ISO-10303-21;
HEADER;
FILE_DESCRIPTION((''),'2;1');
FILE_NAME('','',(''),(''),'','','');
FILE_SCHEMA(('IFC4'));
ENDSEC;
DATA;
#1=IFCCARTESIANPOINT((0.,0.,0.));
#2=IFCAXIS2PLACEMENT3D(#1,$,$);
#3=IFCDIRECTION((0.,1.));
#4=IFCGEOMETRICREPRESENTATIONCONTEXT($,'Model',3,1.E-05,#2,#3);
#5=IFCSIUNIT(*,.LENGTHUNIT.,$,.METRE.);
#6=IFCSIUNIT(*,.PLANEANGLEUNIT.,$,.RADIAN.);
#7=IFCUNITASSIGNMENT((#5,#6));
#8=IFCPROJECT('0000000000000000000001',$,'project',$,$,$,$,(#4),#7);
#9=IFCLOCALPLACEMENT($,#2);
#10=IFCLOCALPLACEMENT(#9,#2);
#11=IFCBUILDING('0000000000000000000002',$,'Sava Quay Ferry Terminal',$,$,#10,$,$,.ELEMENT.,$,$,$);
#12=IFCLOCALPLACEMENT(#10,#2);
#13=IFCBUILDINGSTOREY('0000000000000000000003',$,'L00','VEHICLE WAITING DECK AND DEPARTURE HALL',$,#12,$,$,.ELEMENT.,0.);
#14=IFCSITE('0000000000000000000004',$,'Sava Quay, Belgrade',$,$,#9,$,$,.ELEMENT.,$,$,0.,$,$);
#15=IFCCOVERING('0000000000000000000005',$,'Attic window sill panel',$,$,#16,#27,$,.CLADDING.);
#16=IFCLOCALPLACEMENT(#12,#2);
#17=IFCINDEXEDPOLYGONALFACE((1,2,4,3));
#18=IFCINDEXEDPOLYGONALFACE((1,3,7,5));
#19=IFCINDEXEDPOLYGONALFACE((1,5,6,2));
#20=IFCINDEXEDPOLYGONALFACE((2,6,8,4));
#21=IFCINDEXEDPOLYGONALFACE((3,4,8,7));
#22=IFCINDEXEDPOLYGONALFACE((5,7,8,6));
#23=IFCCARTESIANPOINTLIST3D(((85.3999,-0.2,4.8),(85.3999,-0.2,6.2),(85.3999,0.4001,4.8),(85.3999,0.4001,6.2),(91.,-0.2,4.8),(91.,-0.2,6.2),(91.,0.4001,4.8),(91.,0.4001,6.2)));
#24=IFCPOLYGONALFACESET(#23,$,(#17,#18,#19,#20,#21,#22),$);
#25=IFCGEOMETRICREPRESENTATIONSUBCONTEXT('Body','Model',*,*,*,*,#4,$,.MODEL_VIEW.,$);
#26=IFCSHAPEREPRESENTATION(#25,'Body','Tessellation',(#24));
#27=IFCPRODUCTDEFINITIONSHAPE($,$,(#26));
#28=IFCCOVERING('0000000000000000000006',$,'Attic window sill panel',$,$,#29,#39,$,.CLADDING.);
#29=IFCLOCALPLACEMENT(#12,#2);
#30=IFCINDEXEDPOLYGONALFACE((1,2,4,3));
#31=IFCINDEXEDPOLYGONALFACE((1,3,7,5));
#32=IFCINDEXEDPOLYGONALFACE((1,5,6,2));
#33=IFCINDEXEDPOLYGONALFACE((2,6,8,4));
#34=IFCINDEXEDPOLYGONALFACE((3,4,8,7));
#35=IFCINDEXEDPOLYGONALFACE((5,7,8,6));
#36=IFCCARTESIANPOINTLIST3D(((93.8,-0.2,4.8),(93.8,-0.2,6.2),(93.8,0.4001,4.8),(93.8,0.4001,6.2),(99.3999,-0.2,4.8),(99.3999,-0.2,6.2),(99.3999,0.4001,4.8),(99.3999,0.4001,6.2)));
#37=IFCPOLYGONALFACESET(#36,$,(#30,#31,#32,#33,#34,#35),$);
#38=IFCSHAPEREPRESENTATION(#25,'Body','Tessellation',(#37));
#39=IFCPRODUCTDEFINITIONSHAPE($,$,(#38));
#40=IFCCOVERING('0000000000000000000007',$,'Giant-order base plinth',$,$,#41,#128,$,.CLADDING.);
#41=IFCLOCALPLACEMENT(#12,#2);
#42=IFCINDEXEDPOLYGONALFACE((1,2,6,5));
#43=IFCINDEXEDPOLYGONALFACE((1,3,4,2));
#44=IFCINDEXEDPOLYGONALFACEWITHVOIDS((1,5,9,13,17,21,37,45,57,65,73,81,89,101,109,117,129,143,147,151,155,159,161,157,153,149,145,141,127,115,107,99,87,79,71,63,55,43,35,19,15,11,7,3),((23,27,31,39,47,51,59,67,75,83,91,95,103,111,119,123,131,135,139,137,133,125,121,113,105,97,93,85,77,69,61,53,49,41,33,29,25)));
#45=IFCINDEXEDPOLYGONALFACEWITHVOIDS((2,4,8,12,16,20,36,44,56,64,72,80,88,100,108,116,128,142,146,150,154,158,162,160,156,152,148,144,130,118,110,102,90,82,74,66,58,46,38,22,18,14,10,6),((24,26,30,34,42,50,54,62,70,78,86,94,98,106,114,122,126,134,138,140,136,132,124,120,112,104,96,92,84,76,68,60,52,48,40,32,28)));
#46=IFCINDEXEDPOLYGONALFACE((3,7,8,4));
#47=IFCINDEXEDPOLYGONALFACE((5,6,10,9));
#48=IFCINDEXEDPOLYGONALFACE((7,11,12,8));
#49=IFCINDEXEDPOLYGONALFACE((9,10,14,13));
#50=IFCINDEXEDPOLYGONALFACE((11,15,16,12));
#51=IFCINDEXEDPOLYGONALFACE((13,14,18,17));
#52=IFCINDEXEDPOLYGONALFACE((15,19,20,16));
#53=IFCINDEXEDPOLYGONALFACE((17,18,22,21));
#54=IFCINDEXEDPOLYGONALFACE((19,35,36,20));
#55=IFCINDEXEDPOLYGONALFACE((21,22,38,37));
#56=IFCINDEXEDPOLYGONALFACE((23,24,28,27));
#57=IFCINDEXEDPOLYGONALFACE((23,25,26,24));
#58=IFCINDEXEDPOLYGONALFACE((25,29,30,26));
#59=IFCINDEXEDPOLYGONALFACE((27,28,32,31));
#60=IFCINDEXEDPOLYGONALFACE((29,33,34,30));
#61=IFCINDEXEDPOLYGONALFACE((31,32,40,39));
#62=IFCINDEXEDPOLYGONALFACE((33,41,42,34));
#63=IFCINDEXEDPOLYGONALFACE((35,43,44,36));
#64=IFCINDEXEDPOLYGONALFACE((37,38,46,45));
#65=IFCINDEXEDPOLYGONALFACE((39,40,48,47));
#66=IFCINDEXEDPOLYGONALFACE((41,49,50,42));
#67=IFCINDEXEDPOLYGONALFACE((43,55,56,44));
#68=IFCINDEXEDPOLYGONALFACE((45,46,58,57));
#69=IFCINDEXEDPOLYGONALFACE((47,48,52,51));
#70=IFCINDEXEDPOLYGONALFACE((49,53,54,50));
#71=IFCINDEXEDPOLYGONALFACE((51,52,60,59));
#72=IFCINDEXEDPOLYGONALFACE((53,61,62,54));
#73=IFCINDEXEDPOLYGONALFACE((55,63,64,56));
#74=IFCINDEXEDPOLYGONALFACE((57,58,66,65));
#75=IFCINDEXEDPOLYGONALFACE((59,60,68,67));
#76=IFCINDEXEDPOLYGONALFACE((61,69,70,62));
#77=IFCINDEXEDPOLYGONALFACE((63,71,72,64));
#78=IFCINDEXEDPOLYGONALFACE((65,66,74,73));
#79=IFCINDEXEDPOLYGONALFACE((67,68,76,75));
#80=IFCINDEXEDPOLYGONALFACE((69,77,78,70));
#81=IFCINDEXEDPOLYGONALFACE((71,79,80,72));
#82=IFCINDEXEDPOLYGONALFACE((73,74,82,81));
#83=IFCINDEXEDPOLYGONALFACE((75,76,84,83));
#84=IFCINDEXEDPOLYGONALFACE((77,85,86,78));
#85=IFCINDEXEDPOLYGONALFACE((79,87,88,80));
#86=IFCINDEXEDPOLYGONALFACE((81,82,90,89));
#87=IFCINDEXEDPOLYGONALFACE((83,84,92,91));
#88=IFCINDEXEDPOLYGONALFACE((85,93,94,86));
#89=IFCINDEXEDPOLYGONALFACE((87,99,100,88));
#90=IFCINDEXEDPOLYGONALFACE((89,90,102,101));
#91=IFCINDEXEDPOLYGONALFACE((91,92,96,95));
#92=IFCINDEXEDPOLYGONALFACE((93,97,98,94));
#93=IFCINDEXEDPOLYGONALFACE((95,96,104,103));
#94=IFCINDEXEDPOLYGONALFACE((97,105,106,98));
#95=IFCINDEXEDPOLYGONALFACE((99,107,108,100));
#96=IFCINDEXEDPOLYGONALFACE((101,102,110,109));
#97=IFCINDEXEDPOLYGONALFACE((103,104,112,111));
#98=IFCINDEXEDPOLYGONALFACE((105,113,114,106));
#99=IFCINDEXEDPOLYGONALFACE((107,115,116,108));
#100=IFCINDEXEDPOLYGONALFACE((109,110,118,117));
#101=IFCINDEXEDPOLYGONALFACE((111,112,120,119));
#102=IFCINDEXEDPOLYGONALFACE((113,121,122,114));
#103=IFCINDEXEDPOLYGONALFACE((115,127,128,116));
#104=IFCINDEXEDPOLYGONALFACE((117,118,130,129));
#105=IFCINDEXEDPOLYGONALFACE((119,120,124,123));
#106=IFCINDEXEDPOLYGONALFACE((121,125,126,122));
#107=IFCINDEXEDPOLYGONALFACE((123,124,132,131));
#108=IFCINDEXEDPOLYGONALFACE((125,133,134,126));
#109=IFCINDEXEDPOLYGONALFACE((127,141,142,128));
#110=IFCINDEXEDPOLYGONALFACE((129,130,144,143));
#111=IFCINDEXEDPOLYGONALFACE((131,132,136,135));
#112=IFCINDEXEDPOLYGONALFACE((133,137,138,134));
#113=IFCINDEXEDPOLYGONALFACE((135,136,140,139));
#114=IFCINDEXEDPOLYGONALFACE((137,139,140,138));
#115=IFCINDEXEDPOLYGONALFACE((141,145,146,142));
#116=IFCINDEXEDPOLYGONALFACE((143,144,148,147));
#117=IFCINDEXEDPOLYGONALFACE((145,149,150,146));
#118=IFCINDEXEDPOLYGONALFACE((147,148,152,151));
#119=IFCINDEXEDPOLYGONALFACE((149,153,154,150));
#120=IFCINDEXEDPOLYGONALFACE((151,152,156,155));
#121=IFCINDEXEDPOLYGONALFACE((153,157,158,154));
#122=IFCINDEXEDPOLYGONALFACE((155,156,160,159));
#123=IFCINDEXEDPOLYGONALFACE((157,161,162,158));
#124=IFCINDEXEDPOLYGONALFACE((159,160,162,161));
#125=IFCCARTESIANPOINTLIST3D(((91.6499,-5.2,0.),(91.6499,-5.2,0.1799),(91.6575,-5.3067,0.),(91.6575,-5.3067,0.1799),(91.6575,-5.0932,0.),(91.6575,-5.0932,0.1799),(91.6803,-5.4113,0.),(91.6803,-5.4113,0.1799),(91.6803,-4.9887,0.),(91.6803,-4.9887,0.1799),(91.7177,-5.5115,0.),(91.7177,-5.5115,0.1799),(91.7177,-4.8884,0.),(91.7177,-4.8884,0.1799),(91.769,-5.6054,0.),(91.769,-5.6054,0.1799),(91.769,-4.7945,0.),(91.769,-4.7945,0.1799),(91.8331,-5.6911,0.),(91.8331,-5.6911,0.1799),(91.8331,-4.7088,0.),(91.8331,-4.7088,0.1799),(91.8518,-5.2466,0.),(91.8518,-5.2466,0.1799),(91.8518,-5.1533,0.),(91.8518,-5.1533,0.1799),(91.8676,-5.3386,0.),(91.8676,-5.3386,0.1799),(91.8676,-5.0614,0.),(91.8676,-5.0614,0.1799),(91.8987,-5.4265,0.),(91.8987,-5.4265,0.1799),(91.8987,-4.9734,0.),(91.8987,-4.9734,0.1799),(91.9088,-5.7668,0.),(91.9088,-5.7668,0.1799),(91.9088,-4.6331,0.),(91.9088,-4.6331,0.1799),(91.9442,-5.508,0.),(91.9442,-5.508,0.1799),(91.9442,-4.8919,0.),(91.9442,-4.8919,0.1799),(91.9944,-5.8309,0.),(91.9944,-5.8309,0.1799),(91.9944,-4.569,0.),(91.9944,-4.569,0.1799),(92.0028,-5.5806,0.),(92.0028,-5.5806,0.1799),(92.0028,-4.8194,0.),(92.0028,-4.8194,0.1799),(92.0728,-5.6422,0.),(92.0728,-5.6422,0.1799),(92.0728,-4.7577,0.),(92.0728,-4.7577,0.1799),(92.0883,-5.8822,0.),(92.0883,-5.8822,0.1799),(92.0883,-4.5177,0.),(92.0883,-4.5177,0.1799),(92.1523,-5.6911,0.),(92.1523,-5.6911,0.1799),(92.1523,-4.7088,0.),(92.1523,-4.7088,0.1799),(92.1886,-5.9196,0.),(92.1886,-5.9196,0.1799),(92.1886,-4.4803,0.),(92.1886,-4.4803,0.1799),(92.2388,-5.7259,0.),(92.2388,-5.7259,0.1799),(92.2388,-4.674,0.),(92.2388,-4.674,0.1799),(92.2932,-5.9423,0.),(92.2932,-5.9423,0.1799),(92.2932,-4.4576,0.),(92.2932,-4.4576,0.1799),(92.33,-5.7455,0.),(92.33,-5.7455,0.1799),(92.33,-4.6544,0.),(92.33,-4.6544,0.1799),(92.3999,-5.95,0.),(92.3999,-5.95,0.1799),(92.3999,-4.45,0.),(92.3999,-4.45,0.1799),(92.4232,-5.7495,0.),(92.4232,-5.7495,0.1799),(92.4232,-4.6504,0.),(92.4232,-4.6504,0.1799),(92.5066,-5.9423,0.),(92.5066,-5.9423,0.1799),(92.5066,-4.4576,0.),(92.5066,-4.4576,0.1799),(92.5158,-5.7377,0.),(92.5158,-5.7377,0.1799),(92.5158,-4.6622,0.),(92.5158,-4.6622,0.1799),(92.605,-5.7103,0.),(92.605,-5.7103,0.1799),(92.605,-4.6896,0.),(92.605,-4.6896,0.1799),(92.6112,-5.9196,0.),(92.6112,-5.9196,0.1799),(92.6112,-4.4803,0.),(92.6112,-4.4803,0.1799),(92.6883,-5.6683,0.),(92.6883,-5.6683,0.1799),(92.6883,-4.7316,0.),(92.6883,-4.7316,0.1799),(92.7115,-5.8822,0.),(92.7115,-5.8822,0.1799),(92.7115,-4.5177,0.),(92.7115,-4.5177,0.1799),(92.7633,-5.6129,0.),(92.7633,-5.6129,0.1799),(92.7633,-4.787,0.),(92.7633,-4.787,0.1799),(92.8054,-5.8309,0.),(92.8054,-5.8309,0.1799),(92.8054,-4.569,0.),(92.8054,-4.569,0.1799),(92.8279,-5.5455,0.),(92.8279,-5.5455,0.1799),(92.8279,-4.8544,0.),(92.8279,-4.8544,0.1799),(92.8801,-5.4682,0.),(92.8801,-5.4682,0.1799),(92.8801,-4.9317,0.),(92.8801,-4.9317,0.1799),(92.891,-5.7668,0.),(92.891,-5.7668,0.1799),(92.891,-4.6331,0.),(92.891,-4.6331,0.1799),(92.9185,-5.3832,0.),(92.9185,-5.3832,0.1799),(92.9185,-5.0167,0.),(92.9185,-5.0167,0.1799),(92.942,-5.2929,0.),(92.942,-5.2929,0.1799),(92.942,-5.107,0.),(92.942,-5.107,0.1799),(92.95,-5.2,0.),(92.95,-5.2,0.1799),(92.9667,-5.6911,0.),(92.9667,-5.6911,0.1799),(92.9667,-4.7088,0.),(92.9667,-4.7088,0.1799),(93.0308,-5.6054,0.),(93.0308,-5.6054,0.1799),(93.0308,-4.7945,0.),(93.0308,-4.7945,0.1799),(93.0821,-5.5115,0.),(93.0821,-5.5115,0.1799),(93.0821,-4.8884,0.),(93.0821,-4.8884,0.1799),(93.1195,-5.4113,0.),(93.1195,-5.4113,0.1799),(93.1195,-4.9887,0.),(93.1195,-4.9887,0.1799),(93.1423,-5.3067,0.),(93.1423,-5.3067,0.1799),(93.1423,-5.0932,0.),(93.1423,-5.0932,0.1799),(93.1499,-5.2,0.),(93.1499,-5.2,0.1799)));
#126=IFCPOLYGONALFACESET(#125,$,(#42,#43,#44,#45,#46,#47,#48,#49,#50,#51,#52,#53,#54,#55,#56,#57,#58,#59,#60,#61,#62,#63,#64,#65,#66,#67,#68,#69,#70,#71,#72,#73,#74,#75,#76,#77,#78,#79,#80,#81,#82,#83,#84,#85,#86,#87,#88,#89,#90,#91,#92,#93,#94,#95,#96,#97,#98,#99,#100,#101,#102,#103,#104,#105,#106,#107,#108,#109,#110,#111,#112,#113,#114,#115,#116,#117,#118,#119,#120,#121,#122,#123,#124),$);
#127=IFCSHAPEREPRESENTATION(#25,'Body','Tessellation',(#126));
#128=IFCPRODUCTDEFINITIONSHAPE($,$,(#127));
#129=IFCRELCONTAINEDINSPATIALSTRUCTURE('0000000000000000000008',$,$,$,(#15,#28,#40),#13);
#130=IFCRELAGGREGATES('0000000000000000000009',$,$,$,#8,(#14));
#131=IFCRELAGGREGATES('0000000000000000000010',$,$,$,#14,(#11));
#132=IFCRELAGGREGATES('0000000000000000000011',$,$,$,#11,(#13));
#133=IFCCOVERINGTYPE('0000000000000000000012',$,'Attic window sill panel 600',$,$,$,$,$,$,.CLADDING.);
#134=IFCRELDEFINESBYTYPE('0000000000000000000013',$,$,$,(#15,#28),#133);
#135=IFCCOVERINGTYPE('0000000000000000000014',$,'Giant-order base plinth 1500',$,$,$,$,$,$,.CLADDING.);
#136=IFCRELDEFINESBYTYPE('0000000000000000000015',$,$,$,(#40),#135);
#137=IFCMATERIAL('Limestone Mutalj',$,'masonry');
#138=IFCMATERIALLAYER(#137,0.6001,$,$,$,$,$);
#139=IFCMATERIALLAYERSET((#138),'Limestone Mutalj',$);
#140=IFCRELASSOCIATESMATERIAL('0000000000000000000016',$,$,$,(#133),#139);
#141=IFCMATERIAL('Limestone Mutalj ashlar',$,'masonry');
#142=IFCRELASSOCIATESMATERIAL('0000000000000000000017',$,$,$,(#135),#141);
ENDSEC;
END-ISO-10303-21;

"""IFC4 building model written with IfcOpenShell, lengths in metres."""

from ifc_helpers import new_model, si_unit, direction, frame, origin, origin_2d, place, context, subcontext, project, spatial, polyline, hollow_circle, outline, extrude, material, layer, layer_set, material_profile, profile_set, type_object, element, save


model = new_model("IFC4")

# Units and contexts
model_context = context("Model", 3, precision=1e-05, world=origin(), true_north=direction((0.0, 1.0)))
body_context = subcontext(model_context, "Body", "Model", "MODEL_VIEW")
ifc_project = project(units=[si_unit("LENGTHUNIT", "METRE"), si_unit("PLANEANGLEUNIT", "RADIAN")], contexts=[model_context])

# Site, building, storey
site_placement = place(None, origin())
site = spatial("IfcSite", under=ifc_project, at=site_placement, Name="Sava Quay, Belgrade", CompositionType="ELEMENT", RefElevation=0.0)
building_placement = place(site_placement, origin())
building = spatial("IfcBuilding", under=site, at=building_placement, Name="Sava Quay Ferry Terminal", CompositionType="ELEMENT")
storey_placement = place(building_placement, origin())
storey = spatial("IfcBuildingStorey", under=building, at=storey_placement, Name="L00", Description="VEHICLE WAITING DECK AND DEPARTURE HALL", CompositionType="ELEMENT", Elevation=0.0)

# Coverings
ifc_material_1 = material(Name="Limestone Mutalj", Category="masonry")
ifc_layer_1 = layer(ifc_material_1, 0.6001)
ifc_layer_set_1 = layer_set([ifc_layer_1], Name="Limestone Mutalj")
covering_type_1 = type_object("IfcCoveringType", Name="Attic window sill panel 600", PredefinedType="CLADDING", material=ifc_layer_set_1)
covering_1_placement = place(storey_placement, frame((85.3999, -0.2, 4.8), z_axis=(0.0, -1.0, 0.0), x_axis=(1.0, 0.0, 0.0)))
element("IfcCovering", 1, at=covering_1_placement, inside=storey, type_object=covering_type_1, Name="Attic window sill panel", PredefinedType="CLADDING", context=body_context, shape_type="SweptSolid", body=[
    extrude(outline(polyline([(0.0, 0.0), (5.6001, 0.0), (5.6001, 1.3999), (0.0, 1.3999), (0.0, 0.0)])), origin(), (0.0, 0.0, -1.0), 0.6001),
])
covering_2_placement = place(storey_placement, frame((93.8, -0.2, 4.8), z_axis=(0.0, -1.0, 0.0), x_axis=(1.0, 0.0, 0.0)))
element("IfcCovering", 2, at=covering_2_placement, inside=storey, type_object=covering_type_1, Name="Attic window sill panel", PredefinedType="CLADDING", context=body_context, shape_type="SweptSolid", body=[
    extrude(outline(polyline([(0.0, 0.0), (5.5999, 0.0), (5.5999, 1.3999), (0.0, 1.3999), (0.0, 0.0)])), origin(), (0.0, 0.0, -1.0), 0.6001),
])
ifc_material_2 = material(Name="Limestone Mutalj ashlar", Category="masonry")
ifc_material_profile_1 = material_profile(ifc_material_2, hollow_circle(Radius=0.75, WallThickness=0.2, at=origin_2d()), Name="Base plinth 1500")
ifc_profile_set_1 = profile_set([ifc_material_profile_1], Name="Limestone Mutalj ashlar")
covering_type_2 = type_object("IfcCoveringType", Name="Giant-order base plinth 1500", PredefinedType="CLADDING", material=ifc_profile_set_1)
for number, where, z_axis, x_axis, name in (
    (3, (92.3999, -5.2, 0.0), (0.0, 0.0, 1.0), (1.0, 0.0, 0.0), "Giant-order base plinth"),
):
    element("IfcCovering", number, at=place(storey_placement, frame(where, z_axis=z_axis, x_axis=x_axis)), inside=storey, type_object=covering_type_2, Name=name, PredefinedType="CLADDING", context=body_context, shape_type="SweptSolid", body=[
        extrude(hollow_circle(Radius=0.75, WallThickness=0.2, at=origin_2d()), origin(), (0.0, 0.0, 1.0), 0.1799),
    ])

save(model, "model.ifc")
